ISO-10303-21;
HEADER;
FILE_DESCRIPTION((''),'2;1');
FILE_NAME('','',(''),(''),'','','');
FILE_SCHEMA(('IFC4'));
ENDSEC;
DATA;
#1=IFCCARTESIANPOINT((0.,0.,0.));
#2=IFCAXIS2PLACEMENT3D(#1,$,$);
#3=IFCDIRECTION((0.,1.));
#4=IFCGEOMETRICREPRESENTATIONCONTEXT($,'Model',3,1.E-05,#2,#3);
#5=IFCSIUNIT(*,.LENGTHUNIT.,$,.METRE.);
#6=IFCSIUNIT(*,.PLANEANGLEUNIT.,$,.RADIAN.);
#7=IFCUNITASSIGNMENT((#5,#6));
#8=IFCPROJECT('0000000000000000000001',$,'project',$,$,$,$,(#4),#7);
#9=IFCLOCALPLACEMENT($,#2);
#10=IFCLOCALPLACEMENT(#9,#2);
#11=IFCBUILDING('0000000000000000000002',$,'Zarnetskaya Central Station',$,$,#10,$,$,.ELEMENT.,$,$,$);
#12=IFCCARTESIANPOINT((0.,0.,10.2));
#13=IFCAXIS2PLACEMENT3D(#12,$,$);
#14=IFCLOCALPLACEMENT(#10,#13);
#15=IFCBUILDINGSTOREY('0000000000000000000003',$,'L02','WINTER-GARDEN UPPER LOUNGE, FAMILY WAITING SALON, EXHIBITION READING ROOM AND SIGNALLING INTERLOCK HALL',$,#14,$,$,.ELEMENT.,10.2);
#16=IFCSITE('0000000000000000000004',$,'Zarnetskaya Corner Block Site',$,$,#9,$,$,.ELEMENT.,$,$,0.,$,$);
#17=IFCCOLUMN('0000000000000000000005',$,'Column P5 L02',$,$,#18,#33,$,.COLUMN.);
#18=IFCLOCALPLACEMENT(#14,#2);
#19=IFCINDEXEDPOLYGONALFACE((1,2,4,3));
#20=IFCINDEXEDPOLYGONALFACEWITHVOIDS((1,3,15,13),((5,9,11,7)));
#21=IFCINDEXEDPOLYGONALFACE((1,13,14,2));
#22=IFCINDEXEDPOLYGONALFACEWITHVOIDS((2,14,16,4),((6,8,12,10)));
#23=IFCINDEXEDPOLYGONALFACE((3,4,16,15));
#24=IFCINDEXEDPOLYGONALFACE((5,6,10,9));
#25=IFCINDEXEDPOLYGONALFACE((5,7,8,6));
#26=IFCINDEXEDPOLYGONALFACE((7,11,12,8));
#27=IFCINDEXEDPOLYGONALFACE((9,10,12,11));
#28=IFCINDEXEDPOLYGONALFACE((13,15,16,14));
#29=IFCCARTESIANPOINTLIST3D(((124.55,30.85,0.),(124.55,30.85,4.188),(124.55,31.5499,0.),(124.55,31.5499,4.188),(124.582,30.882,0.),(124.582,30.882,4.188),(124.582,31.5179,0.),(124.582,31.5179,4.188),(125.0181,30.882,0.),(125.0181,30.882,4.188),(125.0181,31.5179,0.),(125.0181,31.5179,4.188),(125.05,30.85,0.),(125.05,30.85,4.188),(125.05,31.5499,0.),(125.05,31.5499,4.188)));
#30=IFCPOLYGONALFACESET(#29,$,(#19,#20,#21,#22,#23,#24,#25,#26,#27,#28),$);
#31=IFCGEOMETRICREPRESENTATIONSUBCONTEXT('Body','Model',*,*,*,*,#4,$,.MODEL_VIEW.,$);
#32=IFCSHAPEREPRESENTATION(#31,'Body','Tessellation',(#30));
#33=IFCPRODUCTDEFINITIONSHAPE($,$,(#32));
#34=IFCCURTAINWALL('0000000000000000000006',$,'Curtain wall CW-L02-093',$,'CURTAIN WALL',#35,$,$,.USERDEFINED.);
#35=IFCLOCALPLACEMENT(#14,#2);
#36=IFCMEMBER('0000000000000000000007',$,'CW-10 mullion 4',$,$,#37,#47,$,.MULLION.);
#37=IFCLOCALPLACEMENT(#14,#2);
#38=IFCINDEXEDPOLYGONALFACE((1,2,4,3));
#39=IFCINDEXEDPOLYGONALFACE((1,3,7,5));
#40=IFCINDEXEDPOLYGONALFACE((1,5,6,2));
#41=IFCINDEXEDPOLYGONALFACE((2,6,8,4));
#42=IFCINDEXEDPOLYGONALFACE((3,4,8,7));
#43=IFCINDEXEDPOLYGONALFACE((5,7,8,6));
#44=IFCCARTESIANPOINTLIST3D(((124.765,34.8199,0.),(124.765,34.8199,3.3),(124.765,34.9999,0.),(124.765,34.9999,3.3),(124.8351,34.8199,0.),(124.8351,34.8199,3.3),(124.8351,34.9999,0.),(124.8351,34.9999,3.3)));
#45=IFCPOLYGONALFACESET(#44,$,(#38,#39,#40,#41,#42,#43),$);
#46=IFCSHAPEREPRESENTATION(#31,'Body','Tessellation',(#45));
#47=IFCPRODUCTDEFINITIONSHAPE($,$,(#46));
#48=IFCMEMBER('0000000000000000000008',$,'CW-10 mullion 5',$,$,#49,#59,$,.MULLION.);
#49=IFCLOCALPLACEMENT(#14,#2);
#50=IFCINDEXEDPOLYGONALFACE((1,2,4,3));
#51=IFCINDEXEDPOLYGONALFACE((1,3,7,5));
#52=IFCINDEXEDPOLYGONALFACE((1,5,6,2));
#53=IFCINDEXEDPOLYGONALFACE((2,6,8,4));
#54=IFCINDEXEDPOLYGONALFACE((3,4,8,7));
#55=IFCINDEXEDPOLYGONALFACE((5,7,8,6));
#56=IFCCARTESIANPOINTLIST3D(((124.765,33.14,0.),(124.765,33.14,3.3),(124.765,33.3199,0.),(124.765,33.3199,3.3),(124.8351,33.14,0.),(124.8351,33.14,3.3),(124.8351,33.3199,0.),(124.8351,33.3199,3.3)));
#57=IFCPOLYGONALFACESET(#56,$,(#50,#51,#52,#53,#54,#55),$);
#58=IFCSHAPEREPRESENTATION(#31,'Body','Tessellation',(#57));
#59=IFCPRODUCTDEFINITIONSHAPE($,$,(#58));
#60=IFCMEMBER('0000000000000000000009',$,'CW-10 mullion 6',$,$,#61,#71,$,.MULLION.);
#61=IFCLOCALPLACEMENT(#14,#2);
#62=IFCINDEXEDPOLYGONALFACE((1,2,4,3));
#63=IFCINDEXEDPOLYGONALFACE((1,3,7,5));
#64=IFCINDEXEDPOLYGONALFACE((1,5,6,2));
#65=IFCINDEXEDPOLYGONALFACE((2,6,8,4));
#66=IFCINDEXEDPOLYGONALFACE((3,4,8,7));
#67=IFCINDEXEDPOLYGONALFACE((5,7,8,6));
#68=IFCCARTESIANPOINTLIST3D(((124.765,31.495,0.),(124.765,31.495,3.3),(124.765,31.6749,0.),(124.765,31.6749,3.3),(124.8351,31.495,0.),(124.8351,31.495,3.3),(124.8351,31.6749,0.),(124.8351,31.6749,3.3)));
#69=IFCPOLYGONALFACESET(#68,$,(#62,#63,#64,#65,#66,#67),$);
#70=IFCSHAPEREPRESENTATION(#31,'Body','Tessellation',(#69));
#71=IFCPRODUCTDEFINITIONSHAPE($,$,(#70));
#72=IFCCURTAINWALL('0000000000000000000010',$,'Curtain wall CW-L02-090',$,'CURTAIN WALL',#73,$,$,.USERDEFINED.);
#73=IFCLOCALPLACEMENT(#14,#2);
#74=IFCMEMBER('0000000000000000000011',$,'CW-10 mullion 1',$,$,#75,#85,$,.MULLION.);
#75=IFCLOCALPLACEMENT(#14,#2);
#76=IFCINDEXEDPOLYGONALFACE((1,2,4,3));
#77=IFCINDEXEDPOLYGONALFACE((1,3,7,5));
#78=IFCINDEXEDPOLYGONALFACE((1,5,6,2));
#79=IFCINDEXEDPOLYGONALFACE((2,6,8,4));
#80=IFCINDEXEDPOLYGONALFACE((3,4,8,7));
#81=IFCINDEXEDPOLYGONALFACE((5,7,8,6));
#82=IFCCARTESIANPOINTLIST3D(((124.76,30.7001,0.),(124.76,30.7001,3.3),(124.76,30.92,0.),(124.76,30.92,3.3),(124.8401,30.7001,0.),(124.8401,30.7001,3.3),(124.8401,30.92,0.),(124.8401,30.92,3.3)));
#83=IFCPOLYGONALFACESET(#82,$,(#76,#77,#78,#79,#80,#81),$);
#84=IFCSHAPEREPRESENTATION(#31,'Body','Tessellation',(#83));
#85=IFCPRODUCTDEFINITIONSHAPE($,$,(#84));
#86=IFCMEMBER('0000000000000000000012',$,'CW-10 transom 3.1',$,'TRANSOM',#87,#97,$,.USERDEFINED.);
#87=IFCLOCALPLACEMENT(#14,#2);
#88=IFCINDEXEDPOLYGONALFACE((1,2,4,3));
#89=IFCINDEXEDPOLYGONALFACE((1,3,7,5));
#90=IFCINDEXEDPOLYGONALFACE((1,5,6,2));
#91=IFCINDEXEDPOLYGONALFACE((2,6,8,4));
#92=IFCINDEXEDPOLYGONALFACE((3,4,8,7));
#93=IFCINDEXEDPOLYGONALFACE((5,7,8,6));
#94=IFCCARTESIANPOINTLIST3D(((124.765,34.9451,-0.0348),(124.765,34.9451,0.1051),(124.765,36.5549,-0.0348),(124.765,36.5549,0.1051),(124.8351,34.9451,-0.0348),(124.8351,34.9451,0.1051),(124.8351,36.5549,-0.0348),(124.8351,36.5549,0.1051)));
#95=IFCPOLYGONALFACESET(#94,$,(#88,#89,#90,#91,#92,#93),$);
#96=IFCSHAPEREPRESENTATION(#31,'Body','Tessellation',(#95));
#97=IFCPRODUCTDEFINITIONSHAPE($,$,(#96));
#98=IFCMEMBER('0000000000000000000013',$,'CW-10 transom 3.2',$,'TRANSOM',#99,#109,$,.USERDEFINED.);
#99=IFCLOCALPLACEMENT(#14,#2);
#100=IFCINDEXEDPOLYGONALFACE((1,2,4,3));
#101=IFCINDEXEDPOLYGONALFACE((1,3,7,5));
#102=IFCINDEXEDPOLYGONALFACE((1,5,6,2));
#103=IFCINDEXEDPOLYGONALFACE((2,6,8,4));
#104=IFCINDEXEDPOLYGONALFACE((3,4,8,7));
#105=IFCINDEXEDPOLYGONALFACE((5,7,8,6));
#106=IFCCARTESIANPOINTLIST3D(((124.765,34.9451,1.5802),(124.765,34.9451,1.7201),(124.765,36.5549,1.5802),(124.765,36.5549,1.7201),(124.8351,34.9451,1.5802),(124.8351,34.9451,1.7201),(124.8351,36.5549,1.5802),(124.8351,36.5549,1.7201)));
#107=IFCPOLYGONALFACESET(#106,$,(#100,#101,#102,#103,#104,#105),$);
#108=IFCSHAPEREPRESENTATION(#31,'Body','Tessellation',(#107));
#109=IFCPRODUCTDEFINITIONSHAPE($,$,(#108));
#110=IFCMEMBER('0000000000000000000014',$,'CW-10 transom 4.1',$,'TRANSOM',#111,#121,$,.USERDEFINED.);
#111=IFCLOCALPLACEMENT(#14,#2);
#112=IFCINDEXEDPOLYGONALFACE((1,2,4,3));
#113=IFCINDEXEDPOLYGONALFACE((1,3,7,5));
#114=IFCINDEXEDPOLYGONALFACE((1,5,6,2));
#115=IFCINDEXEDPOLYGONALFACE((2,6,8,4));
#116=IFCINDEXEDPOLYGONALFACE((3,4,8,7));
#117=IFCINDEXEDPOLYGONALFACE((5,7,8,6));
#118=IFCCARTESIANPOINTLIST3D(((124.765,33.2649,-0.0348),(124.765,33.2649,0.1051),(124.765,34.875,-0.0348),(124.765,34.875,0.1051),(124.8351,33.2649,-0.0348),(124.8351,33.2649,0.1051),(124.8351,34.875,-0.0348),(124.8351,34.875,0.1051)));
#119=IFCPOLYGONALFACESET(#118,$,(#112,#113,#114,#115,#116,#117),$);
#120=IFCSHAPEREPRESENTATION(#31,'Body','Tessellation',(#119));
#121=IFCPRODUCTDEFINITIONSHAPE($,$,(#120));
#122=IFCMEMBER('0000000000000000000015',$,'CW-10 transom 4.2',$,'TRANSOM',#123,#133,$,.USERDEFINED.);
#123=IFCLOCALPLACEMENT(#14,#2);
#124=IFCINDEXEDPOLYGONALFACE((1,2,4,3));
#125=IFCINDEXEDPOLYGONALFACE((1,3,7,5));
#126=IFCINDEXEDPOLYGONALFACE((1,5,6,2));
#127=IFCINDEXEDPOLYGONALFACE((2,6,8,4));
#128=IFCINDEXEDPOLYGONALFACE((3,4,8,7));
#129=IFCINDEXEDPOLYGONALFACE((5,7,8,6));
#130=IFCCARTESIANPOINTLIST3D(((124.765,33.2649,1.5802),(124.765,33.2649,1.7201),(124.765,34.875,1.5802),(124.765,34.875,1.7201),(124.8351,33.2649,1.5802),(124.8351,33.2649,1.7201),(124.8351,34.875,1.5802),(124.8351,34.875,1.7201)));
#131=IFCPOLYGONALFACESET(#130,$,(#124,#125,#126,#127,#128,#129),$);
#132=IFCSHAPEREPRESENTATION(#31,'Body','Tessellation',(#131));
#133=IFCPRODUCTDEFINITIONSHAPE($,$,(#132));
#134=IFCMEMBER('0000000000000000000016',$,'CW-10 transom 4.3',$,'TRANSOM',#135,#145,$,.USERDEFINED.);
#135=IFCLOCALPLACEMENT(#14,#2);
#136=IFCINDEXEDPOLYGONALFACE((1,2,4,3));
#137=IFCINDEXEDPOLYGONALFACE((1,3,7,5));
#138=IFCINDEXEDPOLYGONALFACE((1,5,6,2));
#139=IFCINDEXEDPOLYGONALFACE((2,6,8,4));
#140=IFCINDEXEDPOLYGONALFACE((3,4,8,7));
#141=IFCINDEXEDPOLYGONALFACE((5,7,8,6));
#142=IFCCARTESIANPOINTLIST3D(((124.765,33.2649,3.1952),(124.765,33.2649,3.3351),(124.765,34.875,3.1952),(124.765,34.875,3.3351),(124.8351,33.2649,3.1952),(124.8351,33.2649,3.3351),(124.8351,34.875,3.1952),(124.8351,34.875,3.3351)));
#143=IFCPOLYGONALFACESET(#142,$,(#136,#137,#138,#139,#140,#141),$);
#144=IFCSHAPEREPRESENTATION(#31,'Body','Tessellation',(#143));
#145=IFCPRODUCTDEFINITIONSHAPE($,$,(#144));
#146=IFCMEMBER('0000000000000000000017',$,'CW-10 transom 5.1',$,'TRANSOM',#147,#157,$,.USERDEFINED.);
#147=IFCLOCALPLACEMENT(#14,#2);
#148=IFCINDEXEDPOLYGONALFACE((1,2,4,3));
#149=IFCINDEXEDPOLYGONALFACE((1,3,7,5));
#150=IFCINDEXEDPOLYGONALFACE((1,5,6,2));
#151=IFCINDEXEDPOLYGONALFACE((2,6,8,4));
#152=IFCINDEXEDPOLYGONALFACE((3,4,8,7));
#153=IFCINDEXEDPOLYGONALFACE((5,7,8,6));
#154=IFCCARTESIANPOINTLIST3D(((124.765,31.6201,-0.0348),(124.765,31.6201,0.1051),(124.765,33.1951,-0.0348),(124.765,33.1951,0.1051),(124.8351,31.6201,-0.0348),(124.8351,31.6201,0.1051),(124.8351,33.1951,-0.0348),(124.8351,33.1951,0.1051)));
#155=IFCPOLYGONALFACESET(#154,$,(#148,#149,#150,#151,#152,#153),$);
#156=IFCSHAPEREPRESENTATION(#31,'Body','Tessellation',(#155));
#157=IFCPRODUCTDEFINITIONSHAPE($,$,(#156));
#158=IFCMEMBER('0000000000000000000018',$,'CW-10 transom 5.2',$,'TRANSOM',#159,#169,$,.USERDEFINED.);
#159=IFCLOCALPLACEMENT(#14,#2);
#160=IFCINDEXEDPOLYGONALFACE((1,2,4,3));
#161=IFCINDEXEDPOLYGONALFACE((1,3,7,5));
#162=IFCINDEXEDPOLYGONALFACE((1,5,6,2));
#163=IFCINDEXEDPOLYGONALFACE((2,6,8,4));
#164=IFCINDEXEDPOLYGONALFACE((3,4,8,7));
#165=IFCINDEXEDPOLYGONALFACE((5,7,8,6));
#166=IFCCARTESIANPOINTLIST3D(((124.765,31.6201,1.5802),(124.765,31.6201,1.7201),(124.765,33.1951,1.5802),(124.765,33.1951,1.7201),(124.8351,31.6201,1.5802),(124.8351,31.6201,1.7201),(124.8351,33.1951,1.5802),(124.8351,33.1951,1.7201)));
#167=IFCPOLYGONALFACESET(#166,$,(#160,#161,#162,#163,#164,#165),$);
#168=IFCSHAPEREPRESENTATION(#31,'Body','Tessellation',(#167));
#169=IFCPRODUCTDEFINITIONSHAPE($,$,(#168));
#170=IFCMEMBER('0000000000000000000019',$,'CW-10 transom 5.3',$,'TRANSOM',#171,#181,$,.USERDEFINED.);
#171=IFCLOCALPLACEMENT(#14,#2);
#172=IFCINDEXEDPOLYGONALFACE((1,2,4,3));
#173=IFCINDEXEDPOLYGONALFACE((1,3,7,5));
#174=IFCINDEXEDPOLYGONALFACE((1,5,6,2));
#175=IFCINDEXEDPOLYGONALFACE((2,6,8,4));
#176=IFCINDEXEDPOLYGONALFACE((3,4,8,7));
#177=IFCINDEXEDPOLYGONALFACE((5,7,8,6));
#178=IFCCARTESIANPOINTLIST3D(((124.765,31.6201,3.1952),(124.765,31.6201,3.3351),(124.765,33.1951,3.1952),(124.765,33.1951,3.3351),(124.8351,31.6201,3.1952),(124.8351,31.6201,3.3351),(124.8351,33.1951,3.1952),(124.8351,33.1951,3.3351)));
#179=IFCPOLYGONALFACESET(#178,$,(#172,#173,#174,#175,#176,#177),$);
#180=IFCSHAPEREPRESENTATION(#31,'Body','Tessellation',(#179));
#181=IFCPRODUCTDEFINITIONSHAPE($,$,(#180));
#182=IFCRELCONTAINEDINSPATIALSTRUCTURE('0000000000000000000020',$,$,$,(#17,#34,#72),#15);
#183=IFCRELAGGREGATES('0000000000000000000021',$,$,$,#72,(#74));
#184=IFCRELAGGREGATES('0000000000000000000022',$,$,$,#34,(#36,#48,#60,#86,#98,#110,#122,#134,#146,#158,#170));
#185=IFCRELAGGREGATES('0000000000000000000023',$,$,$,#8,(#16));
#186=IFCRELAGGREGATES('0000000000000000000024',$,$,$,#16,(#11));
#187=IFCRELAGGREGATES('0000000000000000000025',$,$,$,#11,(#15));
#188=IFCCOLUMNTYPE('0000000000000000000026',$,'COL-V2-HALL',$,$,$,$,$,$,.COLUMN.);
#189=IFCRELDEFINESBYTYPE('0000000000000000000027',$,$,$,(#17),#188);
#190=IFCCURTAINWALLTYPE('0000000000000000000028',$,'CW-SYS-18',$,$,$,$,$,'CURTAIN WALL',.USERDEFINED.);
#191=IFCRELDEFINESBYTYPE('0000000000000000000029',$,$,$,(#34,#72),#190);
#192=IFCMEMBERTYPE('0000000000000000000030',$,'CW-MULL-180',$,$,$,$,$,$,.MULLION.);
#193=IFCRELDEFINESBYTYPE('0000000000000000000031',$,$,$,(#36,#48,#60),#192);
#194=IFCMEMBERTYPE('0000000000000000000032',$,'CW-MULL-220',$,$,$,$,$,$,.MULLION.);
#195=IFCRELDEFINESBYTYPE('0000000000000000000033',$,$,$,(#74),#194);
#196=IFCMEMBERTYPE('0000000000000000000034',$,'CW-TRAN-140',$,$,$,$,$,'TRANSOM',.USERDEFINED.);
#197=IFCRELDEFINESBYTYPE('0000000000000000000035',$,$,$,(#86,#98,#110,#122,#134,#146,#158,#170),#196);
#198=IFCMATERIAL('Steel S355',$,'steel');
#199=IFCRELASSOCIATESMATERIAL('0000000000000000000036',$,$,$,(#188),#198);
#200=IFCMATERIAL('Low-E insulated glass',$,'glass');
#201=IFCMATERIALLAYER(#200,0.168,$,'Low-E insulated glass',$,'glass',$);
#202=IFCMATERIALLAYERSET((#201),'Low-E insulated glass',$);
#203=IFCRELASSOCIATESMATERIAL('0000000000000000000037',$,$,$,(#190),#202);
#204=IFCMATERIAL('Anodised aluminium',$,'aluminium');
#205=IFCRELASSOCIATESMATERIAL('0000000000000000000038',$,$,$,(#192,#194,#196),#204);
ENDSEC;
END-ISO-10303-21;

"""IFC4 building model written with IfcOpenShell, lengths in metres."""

from ifc_helpers import new_model, si_unit, direction, frame, origin, origin_2d, place, context, subcontext, project, spatial, rectangle, hollow_rectangle, extrude, material, layer, layer_set, material_profile, profile_set, type_object, element, aggregate, save


model = new_model("IFC4")

# Units and contexts
model_context = context("Model", 3, precision=1e-05, world=origin(), true_north=direction((0.0, 1.0)))
body_context = subcontext(model_context, "Body", "Model", "MODEL_VIEW")
ifc_project = project(units=[si_unit("LENGTHUNIT", "METRE"), si_unit("PLANEANGLEUNIT", "RADIAN")], contexts=[model_context])

# Site, building, storey
site_placement = place(None, origin())
site = spatial("IfcSite", under=ifc_project, at=site_placement, Name="Zarnetskaya Corner Block Site", CompositionType="ELEMENT", RefElevation=0.0)
building_placement = place(site_placement, origin())
building = spatial("IfcBuilding", under=site, at=building_placement, Name="Zarnetskaya Central Station", CompositionType="ELEMENT")
storey_placement = place(building_placement, frame((0.0, 0.0, 10.2)))
storey = spatial("IfcBuildingStorey", under=building, at=storey_placement, Name="L02", Description="WINTER-GARDEN UPPER LOUNGE, FAMILY WAITING SALON, EXHIBITION READING ROOM AND SIGNALLING INTERLOCK HALL", CompositionType="ELEMENT", Elevation=10.2)

# Column
ifc_material_1 = material(Name="Steel S355", Category="steel")
ifc_material_profile_1 = material_profile(ifc_material_1, hollow_rectangle(XDim=0.5, YDim=0.7, WallThickness=0.032, at=origin_2d()), Name="BOX 700x500x32")
ifc_profile_set_1 = profile_set([ifc_material_profile_1], Name="Steel S355")
column_type = type_object("IfcColumnType", Name="COL-V2-HALL", PredefinedType="COLUMN", material=ifc_profile_set_1)
column_placement = place(storey_placement, frame((124.8, 31.2, 0.0), z_axis=(0.0, 0.0, 1.0), x_axis=(1.0, 0.0, 0.0)))
element("IfcColumn", 1, at=column_placement, inside=storey, type_object=column_type, Name="Column P5 L02", PredefinedType="COLUMN", context=body_context, shape_type="SweptSolid", body=[
    extrude(hollow_rectangle(XDim=0.5, YDim=0.7, WallThickness=0.032, at=origin_2d()), origin(), (0.0, 0.0, 1.0), 4.188),
])

# Curtain wall, members
ifc_material_2 = material(Name="Low-E insulated glass", Category="glass")
ifc_layer_1 = layer(ifc_material_2, 0.168, Name="Low-E insulated glass", Category="glass")
ifc_layer_set_1 = layer_set([ifc_layer_1], Name="Low-E insulated glass")
curtain_wall_type = type_object("IfcCurtainWallType", Name="CW-SYS-18", ElementType="CURTAIN WALL", PredefinedType="USERDEFINED", material=ifc_layer_set_1)
curtain_wall_1_placement = place(storey_placement, origin())
curtain_wall_1 = element("IfcCurtainWall", 2, at=curtain_wall_1_placement, inside=storey, type_object=curtain_wall_type, Name="Curtain wall CW-L02-093", ObjectType="CURTAIN WALL", PredefinedType="USERDEFINED")
ifc_material_3 = material(Name="Anodised aluminium", Category="aluminium")
ifc_material_profile_2 = material_profile(ifc_material_3, rectangle(XDim=0.0701, YDim=0.1799, at=origin_2d()), Name="ALU MULL 70x180")
ifc_profile_set_2 = profile_set([ifc_material_profile_2], Name="Anodised aluminium")
member_type_1 = type_object("IfcMemberType", Name="CW-MULL-180", PredefinedType="MULLION", material=ifc_profile_set_2)
member_1_placement = place(storey_placement, frame((124.8, 34.9099, 0.0), z_axis=(0.0, 0.0, 1.0), x_axis=(1.0, 0.0, 0.0)))
member_1 = element("IfcMember", 3, at=member_1_placement, type_object=member_type_1, Name="CW-10 mullion 4", PredefinedType="MULLION", context=body_context, shape_type="SweptSolid", body=[
    extrude(rectangle(XDim=0.0701, YDim=0.1799, at=origin_2d()), origin(), (0.0, 0.0, 1.0), 3.3),
])
member_2_placement = place(storey_placement, frame((124.8, 33.23, 0.0), z_axis=(0.0, 0.0, 1.0), x_axis=(1.0, 0.0, 0.0)))
member_2 = element("IfcMember", 4, at=member_2_placement, type_object=member_type_1, Name="CW-10 mullion 5", PredefinedType="MULLION", context=body_context, shape_type="SweptSolid", body=[
    extrude(rectangle(XDim=0.0701, YDim=0.1799, at=origin_2d()), origin(), (0.0, 0.0, 1.0), 3.3),
])
member_3_placement = place(storey_placement, frame((124.8, 31.585, 0.0), z_axis=(0.0, 0.0, 1.0), x_axis=(1.0, 0.0, 0.0)))
member_3 = element("IfcMember", 5, at=member_3_placement, type_object=member_type_1, Name="CW-10 mullion 6", PredefinedType="MULLION", context=body_context, shape_type="SweptSolid", body=[
    extrude(rectangle(XDim=0.0701, YDim=0.1799, at=origin_2d()), origin(), (0.0, 0.0, 1.0), 3.3),
])

# Curtain wall, member
curtain_wall_2_placement = place(storey_placement, origin())
curtain_wall_2 = element("IfcCurtainWall", 6, at=curtain_wall_2_placement, inside=storey, type_object=curtain_wall_type, Name="Curtain wall CW-L02-090", ObjectType="CURTAIN WALL", PredefinedType="USERDEFINED")
ifc_material_profile_3 = material_profile(ifc_material_3, rectangle(XDim=0.0801, YDim=0.22, at=origin_2d()), Name="ALU MULL 80x220")
ifc_profile_set_3 = profile_set([ifc_material_profile_3], Name="Anodised aluminium")
member_type_2 = type_object("IfcMemberType", Name="CW-MULL-220", PredefinedType="MULLION", material=ifc_profile_set_3)
member_4_placement = place(storey_placement, frame((124.8, 30.8101, 0.0), z_axis=(0.0, 0.0, 1.0), x_axis=(1.0, 0.0, 0.0)))
member_4 = element("IfcMember", 7, at=member_4_placement, type_object=member_type_2, Name="CW-10 mullion 1", PredefinedType="MULLION", context=body_context, shape_type="SweptSolid", body=[
    extrude(rectangle(XDim=0.0801, YDim=0.22, at=origin_2d()), origin(), (0.0, 0.0, 1.0), 3.3),
])

# Members
ifc_material_profile_4 = material_profile(ifc_material_3, rectangle(XDim=0.0701, YDim=0.1399, at=origin_2d()), Name="ALU TRAN 70x140")
ifc_profile_set_4 = profile_set([ifc_material_profile_4], Name="Anodised aluminium")
member_type_3 = type_object("IfcMemberType", Name="CW-TRAN-140", ElementType="TRANSOM", PredefinedType="USERDEFINED", material=ifc_profile_set_4)
member_5_placement = place(storey_placement, frame((124.8, 36.5549, 0.0352), z_axis=(0.0, -1.0, 0.0), x_axis=(1.0, 0.0, 0.0)))
member_5 = element("IfcMember", 8, at=member_5_placement, type_object=member_type_3, Name="CW-10 transom 3.1", ObjectType="TRANSOM", PredefinedType="USERDEFINED", context=body_context, shape_type="SweptSolid", body=[
    extrude(rectangle(XDim=0.0701, YDim=0.1399, at=origin_2d()), origin(), (0.0, 0.0, 1.0), 1.6099),
])
member_6_placement = place(storey_placement, frame((124.8, 36.5549, 1.6501), z_axis=(0.0, -1.0, 0.0), x_axis=(1.0, 0.0, 0.0)))
member_6 = element("IfcMember", 9, at=member_6_placement, type_object=member_type_3, Name="CW-10 transom 3.2", ObjectType="TRANSOM", PredefinedType="USERDEFINED", context=body_context, shape_type="SweptSolid", body=[
    extrude(rectangle(XDim=0.0701, YDim=0.1399, at=origin_2d()), origin(), (0.0, 0.0, 1.0), 1.6099),
])
member_7_placement = place(storey_placement, frame((124.8, 34.875, 0.0352), z_axis=(0.0, -1.0, 0.0), x_axis=(1.0, 0.0, 0.0)))
member_7 = element("IfcMember", 10, at=member_7_placement, type_object=member_type_3, Name="CW-10 transom 4.1", ObjectType="TRANSOM", PredefinedType="USERDEFINED", context=body_context, shape_type="SweptSolid", body=[
    extrude(rectangle(XDim=0.0701, YDim=0.1399, at=origin_2d()), origin(), (0.0, 0.0, 1.0), 1.6101),
])
member_8_placement = place(storey_placement, frame((124.8, 34.875, 1.6501), z_axis=(0.0, -1.0, 0.0), x_axis=(1.0, 0.0, 0.0)))
member_8 = element("IfcMember", 11, at=member_8_placement, type_object=member_type_3, Name="CW-10 transom 4.2", ObjectType="TRANSOM", PredefinedType="USERDEFINED", context=body_context, shape_type="SweptSolid", body=[
    extrude(rectangle(XDim=0.0701, YDim=0.1399, at=origin_2d()), origin(), (0.0, 0.0, 1.0), 1.6101),
])
member_9_placement = place(storey_placement, frame((124.8, 34.875, 3.2651), z_axis=(0.0, -1.0, 0.0), x_axis=(1.0, 0.0, 0.0)))
member_9 = element("IfcMember", 12, at=member_9_placement, type_object=member_type_3, Name="CW-10 transom 4.3", ObjectType="TRANSOM", PredefinedType="USERDEFINED", context=body_context, shape_type="SweptSolid", body=[
    extrude(rectangle(XDim=0.0701, YDim=0.1399, at=origin_2d()), origin(), (0.0, 0.0, 1.0), 1.6101),
])
member_10_placement = place(storey_placement, frame((124.8, 33.1951, 0.0352), z_axis=(0.0, -1.0, 0.0), x_axis=(1.0, 0.0, 0.0)))
member_10 = element("IfcMember", 13, at=member_10_placement, type_object=member_type_3, Name="CW-10 transom 5.1", ObjectType="TRANSOM", PredefinedType="USERDEFINED", context=body_context, shape_type="SweptSolid", body=[
    extrude(rectangle(XDim=0.0701, YDim=0.1399, at=origin_2d()), origin(), (0.0, 0.0, 1.0), 1.575),
])
member_11_placement = place(storey_placement, frame((124.8, 33.1951, 1.6501), z_axis=(0.0, -1.0, 0.0), x_axis=(1.0, 0.0, 0.0)))
member_11 = element("IfcMember", 14, at=member_11_placement, type_object=member_type_3, Name="CW-10 transom 5.2", ObjectType="TRANSOM", PredefinedType="USERDEFINED", context=body_context, shape_type="SweptSolid", body=[
    extrude(rectangle(XDim=0.0701, YDim=0.1399, at=origin_2d()), origin(), (0.0, 0.0, 1.0), 1.575),
])
member_12_placement = place(storey_placement, frame((124.8, 33.1951, 3.2651), z_axis=(0.0, -1.0, 0.0), x_axis=(1.0, 0.0, 0.0)))
member_12 = element("IfcMember", 15, at=member_12_placement, type_object=member_type_3, Name="CW-10 transom 5.3", ObjectType="TRANSOM", PredefinedType="USERDEFINED", context=body_context, shape_type="SweptSolid", body=[
    extrude(rectangle(XDim=0.0701, YDim=0.1399, at=origin_2d()), origin(), (0.0, 0.0, 1.0), 1.575),
])
aggregate(curtain_wall_2, [member_4])

aggregate(curtain_wall_1, [member_1, member_2, member_3, member_5, member_6, member_7, member_8, member_9, member_10, member_11, member_12])

save(model, "model.ifc")
